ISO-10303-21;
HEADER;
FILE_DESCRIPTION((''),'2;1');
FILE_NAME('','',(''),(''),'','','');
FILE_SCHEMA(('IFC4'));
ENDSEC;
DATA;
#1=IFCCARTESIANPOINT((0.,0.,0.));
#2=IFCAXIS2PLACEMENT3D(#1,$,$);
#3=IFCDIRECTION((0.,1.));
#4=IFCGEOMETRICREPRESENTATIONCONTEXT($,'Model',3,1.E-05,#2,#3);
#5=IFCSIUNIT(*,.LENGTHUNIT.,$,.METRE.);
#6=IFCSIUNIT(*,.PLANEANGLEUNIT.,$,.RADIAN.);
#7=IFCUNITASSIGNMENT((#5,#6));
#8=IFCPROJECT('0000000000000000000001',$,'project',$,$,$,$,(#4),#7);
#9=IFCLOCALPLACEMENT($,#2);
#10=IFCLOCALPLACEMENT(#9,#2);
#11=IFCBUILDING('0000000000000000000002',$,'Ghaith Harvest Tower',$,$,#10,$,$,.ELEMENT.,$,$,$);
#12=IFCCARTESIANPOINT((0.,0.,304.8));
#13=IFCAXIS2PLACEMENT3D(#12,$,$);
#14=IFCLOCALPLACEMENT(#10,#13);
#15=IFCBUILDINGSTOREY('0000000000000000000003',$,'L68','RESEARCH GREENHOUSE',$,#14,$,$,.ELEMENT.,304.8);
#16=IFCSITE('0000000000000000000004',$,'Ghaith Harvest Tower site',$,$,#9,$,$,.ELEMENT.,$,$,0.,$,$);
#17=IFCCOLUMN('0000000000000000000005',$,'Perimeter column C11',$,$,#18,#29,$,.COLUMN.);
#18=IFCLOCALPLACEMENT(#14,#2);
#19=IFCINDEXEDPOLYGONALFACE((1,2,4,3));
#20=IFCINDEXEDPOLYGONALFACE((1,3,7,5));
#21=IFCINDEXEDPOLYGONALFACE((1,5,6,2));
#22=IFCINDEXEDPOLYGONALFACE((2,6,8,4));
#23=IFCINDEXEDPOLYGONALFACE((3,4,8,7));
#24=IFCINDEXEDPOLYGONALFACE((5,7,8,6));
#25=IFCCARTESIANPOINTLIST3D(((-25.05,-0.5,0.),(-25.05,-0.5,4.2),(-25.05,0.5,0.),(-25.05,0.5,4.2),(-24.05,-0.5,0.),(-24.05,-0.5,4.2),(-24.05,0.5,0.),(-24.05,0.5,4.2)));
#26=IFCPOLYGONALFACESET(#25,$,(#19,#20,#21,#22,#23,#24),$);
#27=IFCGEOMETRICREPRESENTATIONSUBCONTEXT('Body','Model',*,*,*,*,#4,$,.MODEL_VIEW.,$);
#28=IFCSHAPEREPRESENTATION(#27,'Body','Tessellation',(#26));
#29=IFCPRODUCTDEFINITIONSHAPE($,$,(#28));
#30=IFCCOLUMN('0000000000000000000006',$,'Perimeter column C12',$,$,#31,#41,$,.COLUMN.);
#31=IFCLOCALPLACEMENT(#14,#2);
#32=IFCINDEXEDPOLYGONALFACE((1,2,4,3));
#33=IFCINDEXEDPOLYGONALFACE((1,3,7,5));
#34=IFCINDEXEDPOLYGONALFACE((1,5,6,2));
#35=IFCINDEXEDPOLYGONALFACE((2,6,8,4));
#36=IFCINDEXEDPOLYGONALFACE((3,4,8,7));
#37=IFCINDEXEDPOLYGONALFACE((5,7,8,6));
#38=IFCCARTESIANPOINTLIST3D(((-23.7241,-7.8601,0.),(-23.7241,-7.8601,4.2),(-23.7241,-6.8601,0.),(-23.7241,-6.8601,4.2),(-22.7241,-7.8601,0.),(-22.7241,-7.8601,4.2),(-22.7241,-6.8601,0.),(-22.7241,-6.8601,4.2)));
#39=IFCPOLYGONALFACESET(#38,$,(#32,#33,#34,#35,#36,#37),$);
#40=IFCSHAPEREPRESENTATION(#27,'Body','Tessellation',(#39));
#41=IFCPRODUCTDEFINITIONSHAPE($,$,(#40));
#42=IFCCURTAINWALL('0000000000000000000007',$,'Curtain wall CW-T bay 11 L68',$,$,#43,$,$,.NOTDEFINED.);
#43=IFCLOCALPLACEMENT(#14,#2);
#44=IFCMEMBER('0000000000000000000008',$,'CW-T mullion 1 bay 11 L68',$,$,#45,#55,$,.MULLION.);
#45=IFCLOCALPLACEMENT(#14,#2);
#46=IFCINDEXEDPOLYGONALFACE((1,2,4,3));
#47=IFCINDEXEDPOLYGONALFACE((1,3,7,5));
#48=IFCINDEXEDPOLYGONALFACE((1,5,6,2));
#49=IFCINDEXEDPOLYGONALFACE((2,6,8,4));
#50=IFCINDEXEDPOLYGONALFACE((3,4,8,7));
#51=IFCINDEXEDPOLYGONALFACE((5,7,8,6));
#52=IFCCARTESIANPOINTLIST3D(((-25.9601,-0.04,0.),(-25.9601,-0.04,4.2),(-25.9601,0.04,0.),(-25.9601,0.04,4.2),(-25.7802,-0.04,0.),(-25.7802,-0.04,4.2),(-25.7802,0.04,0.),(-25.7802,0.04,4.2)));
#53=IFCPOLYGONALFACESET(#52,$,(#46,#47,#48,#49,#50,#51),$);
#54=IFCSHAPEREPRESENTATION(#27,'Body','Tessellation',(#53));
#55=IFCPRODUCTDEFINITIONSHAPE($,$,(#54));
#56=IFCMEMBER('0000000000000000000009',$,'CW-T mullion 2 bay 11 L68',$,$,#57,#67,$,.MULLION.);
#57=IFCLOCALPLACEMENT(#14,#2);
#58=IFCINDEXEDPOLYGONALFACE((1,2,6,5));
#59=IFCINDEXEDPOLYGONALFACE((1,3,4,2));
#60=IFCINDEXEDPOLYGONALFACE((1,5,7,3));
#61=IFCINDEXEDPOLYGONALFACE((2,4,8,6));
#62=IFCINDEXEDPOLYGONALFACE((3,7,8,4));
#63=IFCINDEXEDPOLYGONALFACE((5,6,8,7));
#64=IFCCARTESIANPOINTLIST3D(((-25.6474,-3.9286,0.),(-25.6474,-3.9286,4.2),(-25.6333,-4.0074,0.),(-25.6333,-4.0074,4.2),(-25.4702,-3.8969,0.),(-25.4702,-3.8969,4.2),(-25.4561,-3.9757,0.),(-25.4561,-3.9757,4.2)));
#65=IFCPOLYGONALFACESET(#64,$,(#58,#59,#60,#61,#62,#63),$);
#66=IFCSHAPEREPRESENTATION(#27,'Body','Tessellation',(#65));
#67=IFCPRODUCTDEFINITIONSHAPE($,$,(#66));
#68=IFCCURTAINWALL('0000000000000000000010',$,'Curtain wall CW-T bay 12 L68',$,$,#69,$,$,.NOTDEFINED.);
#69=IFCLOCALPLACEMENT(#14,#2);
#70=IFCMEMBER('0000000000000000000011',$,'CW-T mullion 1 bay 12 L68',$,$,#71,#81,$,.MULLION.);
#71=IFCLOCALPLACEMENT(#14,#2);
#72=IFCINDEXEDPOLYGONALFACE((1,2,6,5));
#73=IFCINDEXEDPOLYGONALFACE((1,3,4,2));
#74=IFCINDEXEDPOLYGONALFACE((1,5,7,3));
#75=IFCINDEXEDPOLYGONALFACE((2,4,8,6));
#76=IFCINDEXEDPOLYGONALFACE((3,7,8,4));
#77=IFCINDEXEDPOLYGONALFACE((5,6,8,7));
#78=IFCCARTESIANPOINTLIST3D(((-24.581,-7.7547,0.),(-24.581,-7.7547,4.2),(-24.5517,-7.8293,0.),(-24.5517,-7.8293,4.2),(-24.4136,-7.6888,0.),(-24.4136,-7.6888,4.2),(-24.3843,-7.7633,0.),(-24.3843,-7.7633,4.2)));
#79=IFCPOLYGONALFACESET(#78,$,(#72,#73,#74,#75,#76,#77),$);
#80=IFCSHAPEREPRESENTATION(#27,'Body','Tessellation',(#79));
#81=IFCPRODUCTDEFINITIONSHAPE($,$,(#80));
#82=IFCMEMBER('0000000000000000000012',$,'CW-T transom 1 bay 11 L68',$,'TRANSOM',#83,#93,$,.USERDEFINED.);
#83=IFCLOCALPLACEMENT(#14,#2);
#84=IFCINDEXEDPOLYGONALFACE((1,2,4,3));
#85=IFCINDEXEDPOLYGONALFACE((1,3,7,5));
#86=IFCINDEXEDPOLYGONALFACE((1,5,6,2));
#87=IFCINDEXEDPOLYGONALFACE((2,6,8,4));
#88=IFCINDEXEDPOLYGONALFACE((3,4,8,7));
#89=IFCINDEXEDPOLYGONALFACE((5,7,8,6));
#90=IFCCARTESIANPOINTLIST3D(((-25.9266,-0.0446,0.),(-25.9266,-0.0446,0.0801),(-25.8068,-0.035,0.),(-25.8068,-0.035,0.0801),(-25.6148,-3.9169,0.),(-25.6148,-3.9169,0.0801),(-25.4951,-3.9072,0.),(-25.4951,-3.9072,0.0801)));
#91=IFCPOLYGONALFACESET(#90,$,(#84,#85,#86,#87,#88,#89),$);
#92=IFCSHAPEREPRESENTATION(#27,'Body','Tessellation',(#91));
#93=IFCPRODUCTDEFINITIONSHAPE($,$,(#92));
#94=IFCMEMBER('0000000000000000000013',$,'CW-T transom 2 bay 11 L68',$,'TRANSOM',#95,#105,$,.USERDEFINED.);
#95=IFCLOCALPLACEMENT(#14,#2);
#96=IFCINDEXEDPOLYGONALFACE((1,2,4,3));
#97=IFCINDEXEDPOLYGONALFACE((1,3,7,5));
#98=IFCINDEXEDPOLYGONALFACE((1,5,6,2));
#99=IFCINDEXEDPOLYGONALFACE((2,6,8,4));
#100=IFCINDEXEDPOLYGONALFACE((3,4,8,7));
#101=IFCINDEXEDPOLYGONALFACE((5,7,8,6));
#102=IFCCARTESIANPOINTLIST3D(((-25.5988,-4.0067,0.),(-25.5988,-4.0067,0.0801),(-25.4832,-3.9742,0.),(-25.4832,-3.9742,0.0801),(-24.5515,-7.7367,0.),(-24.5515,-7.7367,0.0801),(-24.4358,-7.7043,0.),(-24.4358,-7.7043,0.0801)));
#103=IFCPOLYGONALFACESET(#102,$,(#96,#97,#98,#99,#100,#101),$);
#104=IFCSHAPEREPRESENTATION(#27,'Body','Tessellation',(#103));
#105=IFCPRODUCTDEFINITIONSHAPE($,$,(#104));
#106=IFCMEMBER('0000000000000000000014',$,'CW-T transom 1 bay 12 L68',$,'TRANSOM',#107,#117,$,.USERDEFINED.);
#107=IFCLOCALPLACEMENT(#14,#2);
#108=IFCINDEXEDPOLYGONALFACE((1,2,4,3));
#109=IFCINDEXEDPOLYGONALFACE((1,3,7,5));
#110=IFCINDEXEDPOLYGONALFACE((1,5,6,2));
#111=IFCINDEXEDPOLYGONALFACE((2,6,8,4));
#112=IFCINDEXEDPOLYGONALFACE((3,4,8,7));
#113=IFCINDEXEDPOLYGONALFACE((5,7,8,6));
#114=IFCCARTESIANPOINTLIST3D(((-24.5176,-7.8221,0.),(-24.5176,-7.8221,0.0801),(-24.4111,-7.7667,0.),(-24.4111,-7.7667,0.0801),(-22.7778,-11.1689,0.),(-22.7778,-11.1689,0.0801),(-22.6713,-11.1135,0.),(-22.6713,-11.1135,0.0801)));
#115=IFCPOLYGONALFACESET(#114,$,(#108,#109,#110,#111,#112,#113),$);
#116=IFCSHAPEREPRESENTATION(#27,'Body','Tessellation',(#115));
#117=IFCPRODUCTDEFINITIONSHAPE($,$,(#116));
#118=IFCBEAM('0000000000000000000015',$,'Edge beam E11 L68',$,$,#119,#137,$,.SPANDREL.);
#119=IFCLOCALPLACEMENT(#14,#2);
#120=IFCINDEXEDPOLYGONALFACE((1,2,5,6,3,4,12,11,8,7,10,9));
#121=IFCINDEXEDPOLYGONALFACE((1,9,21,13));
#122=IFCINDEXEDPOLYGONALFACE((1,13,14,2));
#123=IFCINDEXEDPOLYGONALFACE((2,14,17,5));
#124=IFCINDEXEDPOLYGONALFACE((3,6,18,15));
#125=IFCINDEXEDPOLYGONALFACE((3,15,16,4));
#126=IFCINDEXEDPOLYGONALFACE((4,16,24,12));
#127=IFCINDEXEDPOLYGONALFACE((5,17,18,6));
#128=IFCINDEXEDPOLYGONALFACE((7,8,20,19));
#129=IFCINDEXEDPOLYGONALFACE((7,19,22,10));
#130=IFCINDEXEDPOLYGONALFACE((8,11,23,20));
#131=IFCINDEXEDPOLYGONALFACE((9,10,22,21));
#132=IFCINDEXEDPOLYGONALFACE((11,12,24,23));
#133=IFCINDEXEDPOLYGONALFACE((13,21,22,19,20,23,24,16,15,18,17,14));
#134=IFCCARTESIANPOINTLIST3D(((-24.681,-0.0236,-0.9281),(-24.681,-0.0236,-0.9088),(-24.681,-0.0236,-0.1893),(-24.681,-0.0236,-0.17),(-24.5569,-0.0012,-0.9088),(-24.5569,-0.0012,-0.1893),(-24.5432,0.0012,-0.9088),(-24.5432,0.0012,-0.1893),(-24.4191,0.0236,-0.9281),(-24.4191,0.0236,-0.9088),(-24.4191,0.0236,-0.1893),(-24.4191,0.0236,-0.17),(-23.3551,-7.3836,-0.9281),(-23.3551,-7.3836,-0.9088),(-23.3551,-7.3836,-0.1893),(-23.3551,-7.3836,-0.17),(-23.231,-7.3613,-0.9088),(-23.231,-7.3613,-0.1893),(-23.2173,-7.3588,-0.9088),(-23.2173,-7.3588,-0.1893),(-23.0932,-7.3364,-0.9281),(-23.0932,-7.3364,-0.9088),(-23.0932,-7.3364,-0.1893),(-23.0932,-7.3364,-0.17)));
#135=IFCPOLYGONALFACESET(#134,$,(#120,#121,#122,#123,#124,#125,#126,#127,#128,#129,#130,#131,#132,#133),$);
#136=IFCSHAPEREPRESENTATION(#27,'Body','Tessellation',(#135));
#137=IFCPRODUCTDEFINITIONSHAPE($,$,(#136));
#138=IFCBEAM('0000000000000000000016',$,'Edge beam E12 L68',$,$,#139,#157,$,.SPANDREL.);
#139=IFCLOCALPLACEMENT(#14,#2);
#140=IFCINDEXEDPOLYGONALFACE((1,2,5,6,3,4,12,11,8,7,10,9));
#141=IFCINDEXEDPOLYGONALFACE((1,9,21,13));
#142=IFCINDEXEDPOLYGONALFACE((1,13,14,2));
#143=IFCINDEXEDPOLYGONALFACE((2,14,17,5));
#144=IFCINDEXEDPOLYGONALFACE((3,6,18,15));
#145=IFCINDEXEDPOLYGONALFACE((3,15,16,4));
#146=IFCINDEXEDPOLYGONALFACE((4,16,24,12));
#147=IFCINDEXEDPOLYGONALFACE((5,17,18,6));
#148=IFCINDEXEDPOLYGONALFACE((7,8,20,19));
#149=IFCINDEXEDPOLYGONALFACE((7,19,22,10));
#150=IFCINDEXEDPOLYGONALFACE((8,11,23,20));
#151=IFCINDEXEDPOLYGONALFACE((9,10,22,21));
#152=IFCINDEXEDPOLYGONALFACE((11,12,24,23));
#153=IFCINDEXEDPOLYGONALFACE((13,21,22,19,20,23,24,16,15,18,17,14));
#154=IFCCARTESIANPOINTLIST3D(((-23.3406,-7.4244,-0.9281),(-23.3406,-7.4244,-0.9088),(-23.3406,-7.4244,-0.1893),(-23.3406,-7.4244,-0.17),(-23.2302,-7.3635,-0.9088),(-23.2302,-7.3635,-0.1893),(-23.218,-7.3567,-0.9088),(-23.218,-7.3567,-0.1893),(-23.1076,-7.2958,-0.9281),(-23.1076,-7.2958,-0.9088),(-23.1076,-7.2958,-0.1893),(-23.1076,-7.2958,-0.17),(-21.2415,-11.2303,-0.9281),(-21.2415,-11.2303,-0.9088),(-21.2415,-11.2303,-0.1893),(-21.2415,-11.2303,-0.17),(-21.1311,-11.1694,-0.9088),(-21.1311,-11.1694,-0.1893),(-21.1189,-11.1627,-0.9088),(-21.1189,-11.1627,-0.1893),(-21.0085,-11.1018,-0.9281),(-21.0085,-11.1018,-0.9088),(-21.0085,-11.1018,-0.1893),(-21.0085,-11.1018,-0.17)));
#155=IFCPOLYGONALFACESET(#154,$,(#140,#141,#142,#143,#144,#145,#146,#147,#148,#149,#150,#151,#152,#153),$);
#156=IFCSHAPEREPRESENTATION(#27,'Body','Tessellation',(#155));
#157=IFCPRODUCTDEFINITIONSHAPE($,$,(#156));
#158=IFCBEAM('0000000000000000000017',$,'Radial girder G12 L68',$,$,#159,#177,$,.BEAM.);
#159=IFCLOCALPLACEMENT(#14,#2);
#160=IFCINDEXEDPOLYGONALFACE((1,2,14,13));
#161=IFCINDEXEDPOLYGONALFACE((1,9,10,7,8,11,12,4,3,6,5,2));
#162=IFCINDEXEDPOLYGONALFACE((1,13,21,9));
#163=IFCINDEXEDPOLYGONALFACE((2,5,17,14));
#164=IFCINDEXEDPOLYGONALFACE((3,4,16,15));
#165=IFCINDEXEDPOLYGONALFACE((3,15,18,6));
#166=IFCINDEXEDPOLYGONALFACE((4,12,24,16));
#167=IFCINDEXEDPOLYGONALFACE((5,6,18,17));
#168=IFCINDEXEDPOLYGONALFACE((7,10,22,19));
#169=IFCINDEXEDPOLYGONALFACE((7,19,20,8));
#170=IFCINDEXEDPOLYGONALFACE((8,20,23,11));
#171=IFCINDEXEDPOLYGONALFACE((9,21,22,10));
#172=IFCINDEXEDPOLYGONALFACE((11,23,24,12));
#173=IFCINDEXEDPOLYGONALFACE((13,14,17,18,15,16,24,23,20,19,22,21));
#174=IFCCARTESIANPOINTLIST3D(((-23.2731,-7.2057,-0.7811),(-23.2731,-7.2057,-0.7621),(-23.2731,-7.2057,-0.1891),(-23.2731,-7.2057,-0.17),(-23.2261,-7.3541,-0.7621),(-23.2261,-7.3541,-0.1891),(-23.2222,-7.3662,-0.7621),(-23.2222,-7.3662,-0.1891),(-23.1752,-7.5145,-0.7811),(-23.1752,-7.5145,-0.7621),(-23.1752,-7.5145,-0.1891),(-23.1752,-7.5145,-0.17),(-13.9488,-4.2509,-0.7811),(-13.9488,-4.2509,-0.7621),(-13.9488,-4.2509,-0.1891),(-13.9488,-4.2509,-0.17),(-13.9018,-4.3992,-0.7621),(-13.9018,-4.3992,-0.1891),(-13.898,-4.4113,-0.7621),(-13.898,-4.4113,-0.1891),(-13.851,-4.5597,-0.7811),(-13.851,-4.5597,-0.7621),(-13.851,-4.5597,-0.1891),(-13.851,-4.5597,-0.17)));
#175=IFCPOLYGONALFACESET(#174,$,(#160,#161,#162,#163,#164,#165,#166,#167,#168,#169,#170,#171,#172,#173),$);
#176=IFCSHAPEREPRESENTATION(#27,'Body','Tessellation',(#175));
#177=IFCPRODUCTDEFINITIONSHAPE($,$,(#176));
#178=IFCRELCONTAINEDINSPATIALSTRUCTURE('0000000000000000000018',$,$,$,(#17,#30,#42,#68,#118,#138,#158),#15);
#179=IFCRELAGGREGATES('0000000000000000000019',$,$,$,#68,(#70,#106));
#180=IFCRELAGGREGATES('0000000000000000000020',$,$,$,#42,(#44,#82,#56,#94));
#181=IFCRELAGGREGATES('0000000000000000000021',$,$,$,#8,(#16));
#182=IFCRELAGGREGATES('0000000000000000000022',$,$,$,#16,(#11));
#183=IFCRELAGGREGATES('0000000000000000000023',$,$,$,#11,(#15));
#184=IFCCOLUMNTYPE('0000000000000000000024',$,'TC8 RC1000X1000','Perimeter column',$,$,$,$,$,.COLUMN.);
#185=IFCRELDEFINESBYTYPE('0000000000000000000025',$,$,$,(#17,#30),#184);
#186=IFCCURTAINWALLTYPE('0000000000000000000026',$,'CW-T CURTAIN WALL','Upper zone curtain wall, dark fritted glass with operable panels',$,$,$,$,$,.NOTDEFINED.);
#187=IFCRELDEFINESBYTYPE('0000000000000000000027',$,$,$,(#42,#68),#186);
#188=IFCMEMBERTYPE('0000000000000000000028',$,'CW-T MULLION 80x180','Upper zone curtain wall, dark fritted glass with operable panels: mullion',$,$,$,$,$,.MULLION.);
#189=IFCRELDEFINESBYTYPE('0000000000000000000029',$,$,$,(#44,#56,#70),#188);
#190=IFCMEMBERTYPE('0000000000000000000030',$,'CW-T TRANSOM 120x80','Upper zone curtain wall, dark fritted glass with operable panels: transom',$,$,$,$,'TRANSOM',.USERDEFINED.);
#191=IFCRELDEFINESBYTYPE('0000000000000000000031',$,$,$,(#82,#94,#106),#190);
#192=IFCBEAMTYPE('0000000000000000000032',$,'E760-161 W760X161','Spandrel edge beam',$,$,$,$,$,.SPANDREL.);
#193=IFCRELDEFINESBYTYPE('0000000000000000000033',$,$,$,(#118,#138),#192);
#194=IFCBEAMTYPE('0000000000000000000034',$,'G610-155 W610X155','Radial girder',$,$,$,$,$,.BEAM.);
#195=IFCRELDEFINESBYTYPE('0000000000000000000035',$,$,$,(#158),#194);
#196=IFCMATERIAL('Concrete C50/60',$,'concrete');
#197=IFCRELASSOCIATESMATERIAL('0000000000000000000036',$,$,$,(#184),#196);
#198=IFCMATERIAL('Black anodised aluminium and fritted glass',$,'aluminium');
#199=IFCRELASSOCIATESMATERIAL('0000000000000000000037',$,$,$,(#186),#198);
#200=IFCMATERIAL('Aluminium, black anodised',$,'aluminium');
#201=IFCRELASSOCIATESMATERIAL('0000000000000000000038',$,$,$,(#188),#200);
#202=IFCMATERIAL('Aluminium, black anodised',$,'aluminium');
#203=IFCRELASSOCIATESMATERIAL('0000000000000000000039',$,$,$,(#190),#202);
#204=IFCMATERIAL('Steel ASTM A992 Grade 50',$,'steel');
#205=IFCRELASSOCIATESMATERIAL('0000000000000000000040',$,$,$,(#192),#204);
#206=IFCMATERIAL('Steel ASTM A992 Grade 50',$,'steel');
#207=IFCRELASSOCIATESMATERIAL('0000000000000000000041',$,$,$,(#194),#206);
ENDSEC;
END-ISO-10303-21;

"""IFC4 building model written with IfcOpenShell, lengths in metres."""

from ifc_helpers import new_model, si_unit, direction, frame, origin, origin_2d, place, context, subcontext, project, spatial, rectangle, i_section, extrude, material, material_profile, profile_set, type_object, element, aggregate, save


model = new_model("IFC4")

# Units and contexts
model_context = context("Model", 3, precision=1e-05, world=origin(), true_north=direction((0.0, 1.0)))
body_context = subcontext(model_context, "Body", "Model", "MODEL_VIEW")
ifc_project = project(units=[si_unit("LENGTHUNIT", "METRE"), si_unit("PLANEANGLEUNIT", "RADIAN")], contexts=[model_context])

# Site, building, storey
site_placement = place(None, origin())
site = spatial("IfcSite", under=ifc_project, at=site_placement, Name="Ghaith Harvest Tower site", CompositionType="ELEMENT", RefElevation=0.0)
building_placement = place(site_placement, origin())
building = spatial("IfcBuilding", under=site, at=building_placement, Name="Ghaith Harvest Tower", CompositionType="ELEMENT")
storey_placement = place(building_placement, frame((0.0, 0.0, 304.8)))
storey = spatial("IfcBuildingStorey", under=building, at=storey_placement, Name="L68", Description="RESEARCH GREENHOUSE", CompositionType="ELEMENT", Elevation=304.8)

# Columns
ifc_material_1 = material(Name="Concrete C50/60", Category="concrete")
ifc_material_profile_1 = material_profile(ifc_material_1, rectangle(XDim=1.0, YDim=1.0, at=origin_2d()), Name="RC1000X1000")
ifc_profile_set_1 = profile_set([ifc_material_profile_1], Name="Concrete C50/60")
column_type = type_object("IfcColumnType", Name="TC8 RC1000X1000", Description="Perimeter column", PredefinedType="COLUMN", material=ifc_profile_set_1)
for number, where, z_axis, x_axis, name in (
    (1, (-24.55, 0.0, 0.0), (0.0, 0.0, 1.0), (1.0, 0.0, 0.0), "Perimeter column C11"),
    (2, (-23.2241, -7.3601, 0.0), (0.0, 0.0, 1.0), (1.0, 0.0, 0.0), "Perimeter column C12"),
):
    element("IfcColumn", number, at=place(storey_placement, frame(where, z_axis=z_axis, x_axis=x_axis)), inside=storey, type_object=column_type, Name=name, PredefinedType="COLUMN", context=body_context, shape_type="SweptSolid", body=[
        extrude(rectangle(XDim=1.0, YDim=1.0, at=origin_2d()), origin(), (0.0, 0.0, 1.0), 4.2),
    ])

# Curtain wall, members
ifc_material_2 = material(Name="Black anodised aluminium and fritted glass", Category="aluminium")
curtain_wall_type = type_object("IfcCurtainWallType", Name="CW-T CURTAIN WALL", Description="Upper zone curtain wall, dark fritted glass with operable panels", PredefinedType="NOTDEFINED", material=ifc_material_2)
curtain_wall_1_placement = place(storey_placement, origin())
curtain_wall_1 = element("IfcCurtainWall", 3, at=curtain_wall_1_placement, inside=storey, type_object=curtain_wall_type, Name="Curtain wall CW-T bay 11 L68", PredefinedType="NOTDEFINED")
ifc_material_3 = material(Name="Aluminium, black anodised", Category="aluminium")
ifc_material_profile_2 = material_profile(ifc_material_3, rectangle(XDim=0.0801, YDim=0.1799, at=origin_2d()), Name="CW-T MULLION 80x180")
ifc_profile_set_2 = profile_set([ifc_material_profile_2], Name="Aluminium, black anodised")
member_type_1 = type_object("IfcMemberType", Name="CW-T MULLION 80x180", Description="Upper zone curtain wall, dark fritted glass with operable panels: mullion", PredefinedType="MULLION", material=ifc_profile_set_2)
member_1_placement = place(storey_placement, frame((-25.8701, 0.0, 0.0), z_axis=(0.0, 0.0, 1.0), x_axis=(0.0, -1.0, 0.0)))
member_1 = element("IfcMember", 4, at=member_1_placement, type_object=member_type_1, Name="CW-T mullion 1 bay 11 L68", PredefinedType="MULLION", context=body_context, shape_type="SweptSolid", body=[
    extrude(rectangle(XDim=0.0801, YDim=0.1799, at=origin_2d()), origin(), (0.0, 0.0, 1.0), 4.2),
])
member_2_placement = place(storey_placement, frame((-25.5518, -3.9521, 0.0), z_axis=(0.0, 0.0, 1.0), x_axis=(0.176001, -0.98439, 0.0)))
member_2 = element("IfcMember", 5, at=member_2_placement, type_object=member_type_1, Name="CW-T mullion 2 bay 11 L68", PredefinedType="MULLION", context=body_context, shape_type="SweptSolid", body=[
    extrude(rectangle(XDim=0.0801, YDim=0.1799, at=origin_2d()), origin(), (0.0, 0.0, 1.0), 4.2),
])

# Curtain wall, member
curtain_wall_2_placement = place(storey_placement, origin())
curtain_wall_2 = element("IfcCurtainWall", 6, at=curtain_wall_2_placement, inside=storey, type_object=curtain_wall_type, Name="Curtain wall CW-T bay 12 L68", PredefinedType="NOTDEFINED")
member_3_placement = place(storey_placement, frame((-24.4827, -7.759, 0.0), z_axis=(0.0, 0.0, 1.0), x_axis=(0.366473, -0.930429, 0.0)))
member_3 = element("IfcMember", 7, at=member_3_placement, type_object=member_type_1, Name="CW-T mullion 1 bay 12 L68", PredefinedType="MULLION", context=body_context, shape_type="SweptSolid", body=[
    extrude(rectangle(XDim=0.0801, YDim=0.1799, at=origin_2d()), origin(), (0.0, 0.0, 1.0), 4.2),
])

# Members
ifc_material_4 = material(Name="Aluminium, black anodised", Category="aluminium")
ifc_material_profile_3 = material_profile(ifc_material_4, rectangle(XDim=0.1201, YDim=0.0801, at=origin_2d()), Name="CW-T TRANSOM 120x80")
ifc_profile_set_3 = profile_set([ifc_material_profile_3], Name="Aluminium, black anodised")
member_type_2 = type_object("IfcMemberType", Name="CW-T TRANSOM 120x80", Description="Upper zone curtain wall, dark fritted glass with operable panels: transom", ElementType="TRANSOM", PredefinedType="USERDEFINED", material=ifc_profile_set_3)
member_4_placement = place(storey_placement, frame((-25.8667, -0.0398, 0.04), z_axis=(0.080252, -0.996775, 0.0), x_axis=(0.996775, 0.080252, 0.0)))
member_4 = element("IfcMember", 8, at=member_4_placement, type_object=member_type_2, Name="CW-T transom 1 bay 11 L68", ObjectType="TRANSOM", PredefinedType="USERDEFINED", context=body_context, shape_type="SweptSolid", body=[
    extrude(rectangle(XDim=0.1201, YDim=0.0801, at=origin_2d()), origin(), (0.0, 0.0, 1.0), 3.8848),
])
member_5_placement = place(storey_placement, frame((-25.541, -3.9905, 0.04), z_axis=(0.27034, -0.962765, 0.0), x_axis=(0.962765, 0.27034, 0.0)))
member_5 = element("IfcMember", 9, at=member_5_placement, type_object=member_type_2, Name="CW-T transom 2 bay 11 L68", ObjectType="TRANSOM", PredefinedType="USERDEFINED", context=body_context, shape_type="SweptSolid", body=[
    extrude(rectangle(XDim=0.1201, YDim=0.0801, at=origin_2d()), origin(), (0.0, 0.0, 1.0), 3.8743),
])
member_6_placement = place(storey_placement, frame((-24.4644, -7.7944, 0.04), z_axis=(0.461243, -0.887274, 0.0), x_axis=(0.887274, 0.461243, 0.0)))
member_6 = element("IfcMember", 10, at=member_6_placement, type_object=member_type_2, Name="CW-T transom 1 bay 12 L68", ObjectType="TRANSOM", PredefinedType="USERDEFINED", context=body_context, shape_type="SweptSolid", body=[
    extrude(rectangle(XDim=0.1201, YDim=0.0801, at=origin_2d()), origin(), (0.0, 0.0, 1.0), 3.772),
])
aggregate(curtain_wall_2, [member_3, member_6])

# Beams
ifc_material_5 = material(Name="Steel ASTM A992 Grade 50", Category="steel")
ifc_material_profile_4 = material_profile(ifc_material_5, i_section(OverallWidth=0.2661, OverallDepth=0.7581, WebThickness=0.0139, FlangeThickness=0.0193, at=origin_2d()), Name="W760X161")
ifc_profile_set_4 = profile_set([ifc_material_profile_4], Name="Steel ASTM A992 Grade 50")
beam_type_1 = type_object("IfcBeamType", Name="E760-161 W760X161", Description="Spandrel edge beam", PredefinedType="SPANDREL", material=ifc_profile_set_4)
beam_1_placement = place(storey_placement, frame((-24.55, 0.0, -0.5491), z_axis=(0.177297, -0.984157, 0.0), x_axis=(0.984157, 0.177297, 0.0)))
element("IfcBeam", 11, at=beam_1_placement, inside=storey, type_object=beam_type_1, Name="Edge beam E11 L68", PredefinedType="SPANDREL", context=body_context, shape_type="SweptSolid", body=[
    extrude(i_section(OverallWidth=0.2661, OverallDepth=0.7581, WebThickness=0.0139, FlangeThickness=0.0193, at=origin_2d()), origin(), (0.0, 0.0, 1.0), 7.4785),
])
beam_2_placement = place(storey_placement, frame((-23.2241, -7.3601, -0.5491), z_axis=(0.482956, -0.875645, 0.0), x_axis=(0.875645, 0.482956, 0.0)))
element("IfcBeam", 12, at=beam_2_placement, inside=storey, type_object=beam_type_1, Name="Edge beam E12 L68", PredefinedType="SPANDREL", context=body_context, shape_type="SweptSolid", body=[
    extrude(i_section(OverallWidth=0.2661, OverallDepth=0.7581, WebThickness=0.0139, FlangeThickness=0.0193, at=origin_2d()), origin(), (0.0, 0.0, 1.0), 4.3464),
])
ifc_material_6 = material(Name="Steel ASTM A992 Grade 50", Category="steel")
ifc_material_profile_5 = material_profile(ifc_material_6, i_section(OverallWidth=0.324, OverallDepth=0.6111, WebThickness=0.0127, FlangeThickness=0.019, at=origin_2d()), Name="W610X155")
ifc_profile_set_5 = profile_set([ifc_material_profile_5], Name="Steel ASTM A992 Grade 50")
beam_type_2 = type_object("IfcBeamType", Name="G610-155 W610X155", Description="Radial girder", PredefinedType="BEAM", material=ifc_profile_set_5)
beam_3_placement = place(storey_placement, frame((-13.8999, -4.4053, -0.4756), z_axis=(-0.953279, -0.302093, 0.0), x_axis=(0.302093, -0.953279, 0.0)))
element("IfcBeam", 13, at=beam_3_placement, inside=storey, type_object=beam_type_2, Name="Radial girder G12 L68", PredefinedType="BEAM", context=body_context, shape_type="SweptSolid", body=[
    extrude(i_section(OverallWidth=0.324, OverallDepth=0.6111, WebThickness=0.0127, FlangeThickness=0.019, at=origin_2d()), origin(), (0.0, 0.0, 1.0), 9.7812),
])

aggregate(curtain_wall_1, [member_1, member_4, member_2, member_5])

save(model, "model.ifc")
